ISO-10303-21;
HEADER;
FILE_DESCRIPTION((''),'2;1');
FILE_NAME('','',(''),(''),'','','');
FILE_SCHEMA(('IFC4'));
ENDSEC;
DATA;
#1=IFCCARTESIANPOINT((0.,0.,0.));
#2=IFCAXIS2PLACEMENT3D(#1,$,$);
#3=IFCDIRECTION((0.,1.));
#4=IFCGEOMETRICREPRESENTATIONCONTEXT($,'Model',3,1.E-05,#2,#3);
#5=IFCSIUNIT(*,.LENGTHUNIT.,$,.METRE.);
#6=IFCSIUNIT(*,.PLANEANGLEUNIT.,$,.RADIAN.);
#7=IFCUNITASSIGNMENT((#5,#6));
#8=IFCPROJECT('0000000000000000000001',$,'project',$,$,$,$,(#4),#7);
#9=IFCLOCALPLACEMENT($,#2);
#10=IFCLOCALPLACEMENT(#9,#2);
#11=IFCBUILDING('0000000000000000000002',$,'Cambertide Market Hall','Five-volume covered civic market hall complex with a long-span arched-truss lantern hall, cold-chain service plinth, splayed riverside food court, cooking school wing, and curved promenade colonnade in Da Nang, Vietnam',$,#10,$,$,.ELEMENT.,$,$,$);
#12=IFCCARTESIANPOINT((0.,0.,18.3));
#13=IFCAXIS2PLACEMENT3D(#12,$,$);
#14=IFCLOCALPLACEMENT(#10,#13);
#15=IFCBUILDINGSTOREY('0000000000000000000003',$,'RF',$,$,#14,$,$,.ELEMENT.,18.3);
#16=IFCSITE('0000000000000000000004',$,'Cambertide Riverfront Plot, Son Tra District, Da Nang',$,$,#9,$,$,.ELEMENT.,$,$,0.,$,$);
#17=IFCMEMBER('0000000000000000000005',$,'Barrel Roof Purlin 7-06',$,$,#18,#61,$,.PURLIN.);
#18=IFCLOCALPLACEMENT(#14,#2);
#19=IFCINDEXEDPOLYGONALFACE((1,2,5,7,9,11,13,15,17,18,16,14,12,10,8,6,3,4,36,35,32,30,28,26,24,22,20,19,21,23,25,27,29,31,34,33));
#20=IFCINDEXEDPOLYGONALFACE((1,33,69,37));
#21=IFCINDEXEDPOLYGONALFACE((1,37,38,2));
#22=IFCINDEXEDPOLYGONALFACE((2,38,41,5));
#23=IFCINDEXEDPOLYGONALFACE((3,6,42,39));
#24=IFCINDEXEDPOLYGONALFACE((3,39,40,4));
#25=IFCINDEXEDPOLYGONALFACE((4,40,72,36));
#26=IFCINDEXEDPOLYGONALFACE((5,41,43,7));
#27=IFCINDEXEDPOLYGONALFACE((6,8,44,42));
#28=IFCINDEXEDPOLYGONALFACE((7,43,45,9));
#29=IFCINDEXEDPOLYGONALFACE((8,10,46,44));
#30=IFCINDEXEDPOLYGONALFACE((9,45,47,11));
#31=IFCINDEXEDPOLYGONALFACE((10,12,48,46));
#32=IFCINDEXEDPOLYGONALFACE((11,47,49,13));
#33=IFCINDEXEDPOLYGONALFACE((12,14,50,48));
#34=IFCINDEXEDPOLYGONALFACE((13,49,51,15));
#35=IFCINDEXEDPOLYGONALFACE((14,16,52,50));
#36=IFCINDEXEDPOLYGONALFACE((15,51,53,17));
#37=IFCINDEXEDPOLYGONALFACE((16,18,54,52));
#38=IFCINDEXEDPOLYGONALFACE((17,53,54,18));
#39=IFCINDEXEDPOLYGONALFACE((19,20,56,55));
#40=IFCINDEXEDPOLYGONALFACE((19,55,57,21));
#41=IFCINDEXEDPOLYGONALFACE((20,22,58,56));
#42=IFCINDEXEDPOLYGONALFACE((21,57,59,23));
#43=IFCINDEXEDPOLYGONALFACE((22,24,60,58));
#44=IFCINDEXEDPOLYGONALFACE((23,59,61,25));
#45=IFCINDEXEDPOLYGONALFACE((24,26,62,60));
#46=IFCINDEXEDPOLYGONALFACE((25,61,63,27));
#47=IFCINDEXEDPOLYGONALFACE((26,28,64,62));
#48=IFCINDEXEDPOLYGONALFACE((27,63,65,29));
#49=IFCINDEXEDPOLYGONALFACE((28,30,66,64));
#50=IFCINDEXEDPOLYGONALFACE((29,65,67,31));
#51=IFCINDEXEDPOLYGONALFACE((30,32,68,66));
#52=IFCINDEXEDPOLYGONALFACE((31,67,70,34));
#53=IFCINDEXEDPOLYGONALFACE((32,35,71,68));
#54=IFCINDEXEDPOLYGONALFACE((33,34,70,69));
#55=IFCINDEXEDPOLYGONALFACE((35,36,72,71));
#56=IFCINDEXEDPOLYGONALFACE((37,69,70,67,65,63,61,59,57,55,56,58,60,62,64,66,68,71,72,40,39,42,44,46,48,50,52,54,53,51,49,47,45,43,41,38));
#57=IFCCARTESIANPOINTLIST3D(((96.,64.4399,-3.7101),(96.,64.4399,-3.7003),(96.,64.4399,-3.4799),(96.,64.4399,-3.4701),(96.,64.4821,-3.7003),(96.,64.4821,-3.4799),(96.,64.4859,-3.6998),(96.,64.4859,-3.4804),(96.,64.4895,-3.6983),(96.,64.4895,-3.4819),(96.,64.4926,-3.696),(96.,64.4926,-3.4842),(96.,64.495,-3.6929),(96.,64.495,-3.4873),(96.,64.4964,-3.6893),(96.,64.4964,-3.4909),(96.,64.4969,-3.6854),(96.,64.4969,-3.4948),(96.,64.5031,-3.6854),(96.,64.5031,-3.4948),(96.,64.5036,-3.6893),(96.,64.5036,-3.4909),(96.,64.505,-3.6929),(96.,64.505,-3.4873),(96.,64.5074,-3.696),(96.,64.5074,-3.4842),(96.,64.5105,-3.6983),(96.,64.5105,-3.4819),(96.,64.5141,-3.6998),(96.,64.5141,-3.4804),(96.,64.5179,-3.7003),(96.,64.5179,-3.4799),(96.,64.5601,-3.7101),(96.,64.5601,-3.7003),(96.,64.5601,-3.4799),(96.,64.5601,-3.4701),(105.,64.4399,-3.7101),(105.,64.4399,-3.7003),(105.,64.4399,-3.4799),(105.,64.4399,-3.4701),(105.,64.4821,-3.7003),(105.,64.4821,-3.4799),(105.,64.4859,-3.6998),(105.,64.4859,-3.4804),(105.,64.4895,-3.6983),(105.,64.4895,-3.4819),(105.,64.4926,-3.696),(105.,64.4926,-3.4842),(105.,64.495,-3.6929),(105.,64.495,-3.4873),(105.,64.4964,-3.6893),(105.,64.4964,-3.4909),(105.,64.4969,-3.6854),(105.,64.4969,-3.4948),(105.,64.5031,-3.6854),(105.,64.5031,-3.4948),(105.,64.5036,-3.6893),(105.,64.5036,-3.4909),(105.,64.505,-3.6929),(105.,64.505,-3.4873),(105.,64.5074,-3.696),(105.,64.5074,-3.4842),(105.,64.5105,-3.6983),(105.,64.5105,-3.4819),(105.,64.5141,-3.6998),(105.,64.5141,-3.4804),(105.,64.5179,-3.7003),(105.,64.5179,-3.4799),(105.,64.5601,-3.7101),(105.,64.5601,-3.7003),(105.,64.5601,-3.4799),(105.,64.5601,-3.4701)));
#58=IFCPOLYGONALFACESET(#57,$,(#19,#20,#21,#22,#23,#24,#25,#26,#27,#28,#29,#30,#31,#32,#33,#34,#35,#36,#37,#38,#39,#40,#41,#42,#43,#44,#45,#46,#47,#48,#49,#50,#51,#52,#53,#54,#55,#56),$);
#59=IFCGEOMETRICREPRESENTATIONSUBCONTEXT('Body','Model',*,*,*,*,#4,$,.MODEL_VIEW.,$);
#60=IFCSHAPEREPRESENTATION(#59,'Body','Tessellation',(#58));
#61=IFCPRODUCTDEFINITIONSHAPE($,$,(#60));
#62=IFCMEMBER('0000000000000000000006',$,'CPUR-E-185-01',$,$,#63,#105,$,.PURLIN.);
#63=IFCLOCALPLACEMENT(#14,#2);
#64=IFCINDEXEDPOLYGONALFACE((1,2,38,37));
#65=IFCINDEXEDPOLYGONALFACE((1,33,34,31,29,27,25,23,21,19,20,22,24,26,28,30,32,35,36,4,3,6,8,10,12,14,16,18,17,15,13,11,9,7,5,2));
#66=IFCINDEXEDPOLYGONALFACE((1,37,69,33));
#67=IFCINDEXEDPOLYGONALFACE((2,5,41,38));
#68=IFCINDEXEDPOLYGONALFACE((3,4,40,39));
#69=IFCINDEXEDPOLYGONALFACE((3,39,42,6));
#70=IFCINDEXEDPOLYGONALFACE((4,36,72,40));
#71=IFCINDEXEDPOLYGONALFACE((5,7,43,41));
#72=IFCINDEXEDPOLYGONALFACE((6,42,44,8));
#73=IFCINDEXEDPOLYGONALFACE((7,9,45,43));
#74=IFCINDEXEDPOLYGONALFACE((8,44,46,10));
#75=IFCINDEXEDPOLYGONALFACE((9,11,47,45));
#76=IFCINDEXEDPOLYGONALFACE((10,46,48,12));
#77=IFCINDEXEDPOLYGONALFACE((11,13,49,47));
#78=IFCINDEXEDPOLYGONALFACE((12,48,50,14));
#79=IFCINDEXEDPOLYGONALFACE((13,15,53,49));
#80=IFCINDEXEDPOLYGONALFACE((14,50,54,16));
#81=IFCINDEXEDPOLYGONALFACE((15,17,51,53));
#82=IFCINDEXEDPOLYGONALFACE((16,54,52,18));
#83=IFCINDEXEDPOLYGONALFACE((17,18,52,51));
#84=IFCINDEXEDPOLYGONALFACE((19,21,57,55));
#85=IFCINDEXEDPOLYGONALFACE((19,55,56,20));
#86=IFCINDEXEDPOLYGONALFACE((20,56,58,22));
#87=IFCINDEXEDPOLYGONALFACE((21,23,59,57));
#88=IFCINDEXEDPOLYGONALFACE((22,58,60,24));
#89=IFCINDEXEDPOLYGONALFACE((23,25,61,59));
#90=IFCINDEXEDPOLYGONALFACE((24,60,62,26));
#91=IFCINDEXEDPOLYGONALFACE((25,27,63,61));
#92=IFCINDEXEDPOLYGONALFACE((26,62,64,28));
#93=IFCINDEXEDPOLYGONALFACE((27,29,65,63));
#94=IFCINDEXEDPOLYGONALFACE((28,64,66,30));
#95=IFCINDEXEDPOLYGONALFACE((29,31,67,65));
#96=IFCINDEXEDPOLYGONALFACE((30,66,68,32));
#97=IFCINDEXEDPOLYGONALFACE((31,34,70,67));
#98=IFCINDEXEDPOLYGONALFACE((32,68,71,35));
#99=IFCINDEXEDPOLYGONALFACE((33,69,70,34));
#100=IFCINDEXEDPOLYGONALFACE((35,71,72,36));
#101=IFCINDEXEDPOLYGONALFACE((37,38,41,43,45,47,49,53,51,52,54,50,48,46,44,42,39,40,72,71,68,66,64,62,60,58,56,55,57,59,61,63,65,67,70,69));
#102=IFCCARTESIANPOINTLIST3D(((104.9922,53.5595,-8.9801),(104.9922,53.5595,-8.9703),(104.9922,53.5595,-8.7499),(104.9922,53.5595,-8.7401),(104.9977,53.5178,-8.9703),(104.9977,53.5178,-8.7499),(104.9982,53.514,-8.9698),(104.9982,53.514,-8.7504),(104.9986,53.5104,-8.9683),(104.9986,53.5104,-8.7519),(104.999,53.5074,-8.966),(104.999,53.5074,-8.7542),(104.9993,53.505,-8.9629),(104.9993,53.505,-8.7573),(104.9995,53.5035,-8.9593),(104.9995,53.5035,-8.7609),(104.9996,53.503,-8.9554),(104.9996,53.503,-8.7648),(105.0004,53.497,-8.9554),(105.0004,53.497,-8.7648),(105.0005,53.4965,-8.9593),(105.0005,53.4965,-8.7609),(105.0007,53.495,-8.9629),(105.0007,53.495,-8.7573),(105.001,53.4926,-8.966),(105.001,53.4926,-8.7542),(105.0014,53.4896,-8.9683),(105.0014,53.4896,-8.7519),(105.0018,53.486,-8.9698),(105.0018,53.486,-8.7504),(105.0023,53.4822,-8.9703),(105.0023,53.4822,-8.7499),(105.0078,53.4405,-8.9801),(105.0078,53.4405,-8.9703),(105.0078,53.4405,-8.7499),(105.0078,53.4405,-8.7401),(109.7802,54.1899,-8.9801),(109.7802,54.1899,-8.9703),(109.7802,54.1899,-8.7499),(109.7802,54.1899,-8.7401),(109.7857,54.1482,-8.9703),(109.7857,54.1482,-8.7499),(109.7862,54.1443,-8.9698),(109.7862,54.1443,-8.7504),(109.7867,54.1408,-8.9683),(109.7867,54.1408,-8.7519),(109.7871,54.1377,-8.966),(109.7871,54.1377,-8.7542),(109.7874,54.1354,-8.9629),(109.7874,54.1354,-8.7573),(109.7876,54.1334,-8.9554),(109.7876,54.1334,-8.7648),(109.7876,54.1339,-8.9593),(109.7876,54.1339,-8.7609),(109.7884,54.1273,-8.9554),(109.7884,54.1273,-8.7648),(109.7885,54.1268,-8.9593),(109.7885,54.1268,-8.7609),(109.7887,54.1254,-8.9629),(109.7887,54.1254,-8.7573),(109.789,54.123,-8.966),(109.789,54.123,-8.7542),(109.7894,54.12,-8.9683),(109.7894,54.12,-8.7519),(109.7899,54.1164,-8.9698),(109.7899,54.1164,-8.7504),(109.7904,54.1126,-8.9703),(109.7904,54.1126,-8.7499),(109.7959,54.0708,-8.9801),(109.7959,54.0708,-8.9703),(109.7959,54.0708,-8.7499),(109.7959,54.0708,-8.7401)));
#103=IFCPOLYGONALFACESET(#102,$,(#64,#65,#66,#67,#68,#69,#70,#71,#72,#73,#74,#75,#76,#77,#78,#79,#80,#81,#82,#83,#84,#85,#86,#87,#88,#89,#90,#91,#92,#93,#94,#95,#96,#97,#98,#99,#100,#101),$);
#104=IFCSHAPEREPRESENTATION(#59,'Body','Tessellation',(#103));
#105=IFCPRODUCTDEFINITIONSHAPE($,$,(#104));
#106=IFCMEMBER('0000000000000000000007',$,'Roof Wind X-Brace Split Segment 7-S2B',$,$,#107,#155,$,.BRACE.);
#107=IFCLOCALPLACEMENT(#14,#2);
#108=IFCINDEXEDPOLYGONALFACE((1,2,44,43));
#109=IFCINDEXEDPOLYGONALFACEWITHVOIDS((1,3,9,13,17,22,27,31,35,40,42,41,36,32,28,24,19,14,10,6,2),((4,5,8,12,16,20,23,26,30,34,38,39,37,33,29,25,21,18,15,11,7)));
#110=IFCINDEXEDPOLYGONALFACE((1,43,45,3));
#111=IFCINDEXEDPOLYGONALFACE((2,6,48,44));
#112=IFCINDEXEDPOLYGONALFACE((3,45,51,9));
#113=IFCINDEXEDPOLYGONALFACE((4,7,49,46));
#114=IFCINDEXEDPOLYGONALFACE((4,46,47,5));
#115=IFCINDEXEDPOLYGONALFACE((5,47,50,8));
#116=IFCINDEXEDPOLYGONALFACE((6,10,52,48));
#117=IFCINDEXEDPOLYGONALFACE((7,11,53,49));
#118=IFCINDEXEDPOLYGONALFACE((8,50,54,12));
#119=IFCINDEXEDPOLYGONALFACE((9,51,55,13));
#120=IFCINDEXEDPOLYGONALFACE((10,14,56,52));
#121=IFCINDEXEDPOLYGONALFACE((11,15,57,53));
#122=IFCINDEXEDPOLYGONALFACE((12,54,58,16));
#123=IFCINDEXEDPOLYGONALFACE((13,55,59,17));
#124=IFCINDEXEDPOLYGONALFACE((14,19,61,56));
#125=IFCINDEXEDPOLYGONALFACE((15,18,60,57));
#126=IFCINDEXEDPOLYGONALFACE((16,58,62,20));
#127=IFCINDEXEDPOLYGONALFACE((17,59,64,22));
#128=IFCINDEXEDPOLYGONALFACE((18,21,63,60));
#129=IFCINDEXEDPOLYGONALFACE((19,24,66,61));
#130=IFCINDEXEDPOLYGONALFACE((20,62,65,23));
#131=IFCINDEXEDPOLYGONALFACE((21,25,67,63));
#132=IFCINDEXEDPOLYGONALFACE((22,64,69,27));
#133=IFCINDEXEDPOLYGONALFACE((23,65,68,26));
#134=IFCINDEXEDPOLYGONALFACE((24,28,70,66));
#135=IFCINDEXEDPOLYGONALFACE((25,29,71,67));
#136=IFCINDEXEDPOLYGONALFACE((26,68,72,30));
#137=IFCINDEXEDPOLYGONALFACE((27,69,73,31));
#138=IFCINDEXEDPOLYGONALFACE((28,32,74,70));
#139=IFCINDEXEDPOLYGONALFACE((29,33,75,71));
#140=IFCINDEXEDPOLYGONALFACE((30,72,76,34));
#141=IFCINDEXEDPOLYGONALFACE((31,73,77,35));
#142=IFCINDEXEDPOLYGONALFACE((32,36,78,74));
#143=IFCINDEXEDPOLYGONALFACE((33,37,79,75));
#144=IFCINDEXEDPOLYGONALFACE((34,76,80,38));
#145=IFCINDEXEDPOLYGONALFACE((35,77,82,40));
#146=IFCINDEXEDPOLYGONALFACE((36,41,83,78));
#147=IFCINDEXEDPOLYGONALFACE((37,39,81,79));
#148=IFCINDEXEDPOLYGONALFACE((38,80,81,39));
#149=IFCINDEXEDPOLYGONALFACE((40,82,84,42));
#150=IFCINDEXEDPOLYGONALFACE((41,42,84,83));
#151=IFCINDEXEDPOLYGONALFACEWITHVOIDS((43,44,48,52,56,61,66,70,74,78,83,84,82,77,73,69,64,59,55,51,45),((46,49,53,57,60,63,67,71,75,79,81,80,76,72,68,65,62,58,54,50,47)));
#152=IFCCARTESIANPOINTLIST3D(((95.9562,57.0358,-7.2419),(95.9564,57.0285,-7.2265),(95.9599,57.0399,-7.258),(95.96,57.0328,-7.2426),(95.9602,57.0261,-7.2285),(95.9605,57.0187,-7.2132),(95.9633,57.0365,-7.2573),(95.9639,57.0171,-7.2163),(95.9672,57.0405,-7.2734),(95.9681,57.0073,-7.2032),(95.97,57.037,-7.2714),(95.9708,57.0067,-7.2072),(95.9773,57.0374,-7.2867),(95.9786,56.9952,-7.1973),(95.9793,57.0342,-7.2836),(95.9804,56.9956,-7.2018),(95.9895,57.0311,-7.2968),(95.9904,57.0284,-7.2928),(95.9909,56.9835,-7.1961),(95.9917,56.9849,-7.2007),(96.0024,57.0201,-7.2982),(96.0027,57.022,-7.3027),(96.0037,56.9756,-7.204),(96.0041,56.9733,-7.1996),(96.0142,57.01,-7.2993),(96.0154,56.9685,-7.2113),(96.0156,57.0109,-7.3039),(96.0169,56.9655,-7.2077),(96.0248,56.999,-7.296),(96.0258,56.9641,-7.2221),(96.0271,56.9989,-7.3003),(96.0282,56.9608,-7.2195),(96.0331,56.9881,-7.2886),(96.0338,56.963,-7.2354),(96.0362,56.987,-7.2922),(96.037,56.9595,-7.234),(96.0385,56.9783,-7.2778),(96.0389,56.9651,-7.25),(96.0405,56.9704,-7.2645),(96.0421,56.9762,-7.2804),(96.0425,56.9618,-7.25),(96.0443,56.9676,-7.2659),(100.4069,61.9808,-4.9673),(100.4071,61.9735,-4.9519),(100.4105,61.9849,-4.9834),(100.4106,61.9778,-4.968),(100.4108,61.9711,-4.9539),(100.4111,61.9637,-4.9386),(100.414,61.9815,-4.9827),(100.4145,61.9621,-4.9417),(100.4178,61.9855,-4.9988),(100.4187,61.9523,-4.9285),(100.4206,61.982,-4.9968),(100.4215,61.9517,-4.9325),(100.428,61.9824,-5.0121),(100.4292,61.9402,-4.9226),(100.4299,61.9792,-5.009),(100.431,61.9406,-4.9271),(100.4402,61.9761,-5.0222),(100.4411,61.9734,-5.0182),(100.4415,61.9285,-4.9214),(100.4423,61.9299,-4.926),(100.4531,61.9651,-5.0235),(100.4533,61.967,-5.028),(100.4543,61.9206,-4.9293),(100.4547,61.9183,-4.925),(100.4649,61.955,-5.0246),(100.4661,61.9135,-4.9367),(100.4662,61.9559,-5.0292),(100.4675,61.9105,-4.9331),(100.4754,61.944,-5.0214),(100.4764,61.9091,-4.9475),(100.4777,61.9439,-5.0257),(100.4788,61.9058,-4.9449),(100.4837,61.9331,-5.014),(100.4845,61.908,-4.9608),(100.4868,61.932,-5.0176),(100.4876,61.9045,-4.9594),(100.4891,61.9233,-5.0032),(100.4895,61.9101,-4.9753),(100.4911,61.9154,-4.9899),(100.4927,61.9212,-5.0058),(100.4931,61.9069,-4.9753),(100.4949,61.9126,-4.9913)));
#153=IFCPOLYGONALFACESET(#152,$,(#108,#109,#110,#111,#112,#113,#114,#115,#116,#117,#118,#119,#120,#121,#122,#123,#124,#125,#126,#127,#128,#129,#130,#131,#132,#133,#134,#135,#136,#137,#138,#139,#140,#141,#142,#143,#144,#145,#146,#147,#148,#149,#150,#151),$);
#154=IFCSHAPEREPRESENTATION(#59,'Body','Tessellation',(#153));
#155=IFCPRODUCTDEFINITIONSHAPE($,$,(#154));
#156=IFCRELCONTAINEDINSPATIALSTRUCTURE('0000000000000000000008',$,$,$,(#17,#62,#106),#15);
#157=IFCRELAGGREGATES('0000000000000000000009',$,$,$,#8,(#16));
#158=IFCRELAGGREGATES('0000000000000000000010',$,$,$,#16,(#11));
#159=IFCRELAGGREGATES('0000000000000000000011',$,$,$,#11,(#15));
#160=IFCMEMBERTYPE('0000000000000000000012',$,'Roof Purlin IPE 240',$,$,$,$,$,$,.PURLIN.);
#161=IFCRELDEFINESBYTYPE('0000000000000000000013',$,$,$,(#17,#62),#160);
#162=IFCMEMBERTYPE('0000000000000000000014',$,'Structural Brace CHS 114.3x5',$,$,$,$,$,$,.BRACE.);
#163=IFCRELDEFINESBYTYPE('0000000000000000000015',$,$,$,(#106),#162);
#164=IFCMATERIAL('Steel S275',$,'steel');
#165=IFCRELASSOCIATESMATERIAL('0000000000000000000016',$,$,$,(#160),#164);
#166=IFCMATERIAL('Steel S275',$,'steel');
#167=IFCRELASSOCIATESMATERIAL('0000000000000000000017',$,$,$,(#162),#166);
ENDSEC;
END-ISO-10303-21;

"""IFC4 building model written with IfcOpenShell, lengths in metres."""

from ifc_helpers import new_model, si_unit, direction, frame, origin, origin_2d, place, context, subcontext, project, spatial, hollow_circle, i_section, extrude, material, material_profile, profile_set, type_object, element, save


model = new_model("IFC4")

# Units and contexts
model_context = context("Model", 3, precision=1e-05, world=origin(), true_north=direction((0.0, 1.0)))
body_context = subcontext(model_context, "Body", "Model", "MODEL_VIEW")
ifc_project = project(units=[si_unit("LENGTHUNIT", "METRE"), si_unit("PLANEANGLEUNIT", "RADIAN")], contexts=[model_context])

# Site, building, storey
site_placement = place(None, origin())
site = spatial("IfcSite", under=ifc_project, at=site_placement, Name="Cambertide Riverfront Plot, Son Tra District, Da Nang", CompositionType="ELEMENT", RefElevation=0.0)
building_placement = place(site_placement, origin())
building = spatial("IfcBuilding", under=site, at=building_placement, Name="Cambertide Market Hall", Description="Five-volume covered civic market hall complex with a long-span arched-truss lantern hall, cold-chain service plinth, splayed riverside food court, cooking school wing, and curved promenade colonnade in Da Nang, Vietnam", CompositionType="ELEMENT")
storey_placement = place(building_placement, frame((0.0, 0.0, 18.3)))
storey = spatial("IfcBuildingStorey", under=building, at=storey_placement, Name="RF", CompositionType="ELEMENT", Elevation=18.3)

# Members
ifc_material_1 = material(Name="Steel S275", Category="steel")
ifc_material_profile_1 = material_profile(ifc_material_1, i_section(OverallWidth=0.1201, OverallDepth=0.24, WebThickness=0.0061, FlangeThickness=0.0098, FilletRadius=0.0149, at=origin_2d()), Name="IPE 240")
ifc_profile_set_1 = profile_set([ifc_material_profile_1], Name="Steel S275")
member_type_1 = type_object("IfcMemberType", Name="Roof Purlin IPE 240", PredefinedType="PURLIN", material=ifc_profile_set_1)
for number, where, z_axis, x_axis, name in (
    (1, (96.0, 64.5, -3.5901), (1.0, 0.0, 0.0), (0.0, 1.0, 0.0), "Barrel Roof Purlin 7-06"),
):
    element("IfcMember", number, at=place(storey_placement, frame(where, z_axis=z_axis, x_axis=x_axis)), inside=storey, type_object=member_type_1, Name=name, PredefinedType="PURLIN", context=body_context, shape_type="SweptSolid", body=[
        extrude(i_section(OverallWidth=0.1201, OverallDepth=0.24, WebThickness=0.0061, FlangeThickness=0.0098, FilletRadius=0.0149, at=origin_2d()), origin(), (0.0, 0.0, 1.0), 9.0),
    ])
member_1_placement = place(storey_placement, frame((105.0, 53.5, -8.8601), z_axis=(0.991445, 0.130528, 0.0), x_axis=(-0.130528, 0.991445, 0.0)))
element("IfcMember", 2, at=member_1_placement, inside=storey, type_object=member_type_1, Name="CPUR-E-185-01", PredefinedType="PURLIN", context=body_context, shape_type="SweptSolid", body=[
    extrude(i_section(OverallWidth=0.1201, OverallDepth=0.24, WebThickness=0.0061, FlangeThickness=0.0098, FilletRadius=0.0149, at=origin_2d()), origin(), (0.0, 0.0, 1.0), 4.8293),
])
ifc_material_2 = material(Name="Steel S275", Category="steel")
ifc_material_profile_2 = material_profile(ifc_material_2, hollow_circle(Radius=0.0571, WallThickness=0.0049, at=origin_2d()), Name="CHS 114.3x5")
ifc_profile_set_2 = profile_set([ifc_material_profile_2], Name="Steel S275")
member_type_2 = type_object("IfcMemberType", Name="Structural Brace CHS 114.3x5", PredefinedType="BRACE", material=ifc_profile_set_2)
member_2_placement = place(storey_placement, frame((100.4507, 61.9451, -4.9753), z_axis=(-0.633, -0.703314, -0.323514), x_axis=(0.743285, -0.668975, 0.0)))
element("IfcMember", 3, at=member_2_placement, inside=storey, type_object=member_type_2, Name="Roof Wind X-Brace Split Segment 7-S2B", PredefinedType="BRACE", context=body_context, shape_type="SweptSolid", body=[
    extrude(hollow_circle(Radius=0.0571, WallThickness=0.0049, at=origin_2d()), origin(), (0.0, 0.0, 1.0), 7.031),
])

save(model, "model.ifc")
